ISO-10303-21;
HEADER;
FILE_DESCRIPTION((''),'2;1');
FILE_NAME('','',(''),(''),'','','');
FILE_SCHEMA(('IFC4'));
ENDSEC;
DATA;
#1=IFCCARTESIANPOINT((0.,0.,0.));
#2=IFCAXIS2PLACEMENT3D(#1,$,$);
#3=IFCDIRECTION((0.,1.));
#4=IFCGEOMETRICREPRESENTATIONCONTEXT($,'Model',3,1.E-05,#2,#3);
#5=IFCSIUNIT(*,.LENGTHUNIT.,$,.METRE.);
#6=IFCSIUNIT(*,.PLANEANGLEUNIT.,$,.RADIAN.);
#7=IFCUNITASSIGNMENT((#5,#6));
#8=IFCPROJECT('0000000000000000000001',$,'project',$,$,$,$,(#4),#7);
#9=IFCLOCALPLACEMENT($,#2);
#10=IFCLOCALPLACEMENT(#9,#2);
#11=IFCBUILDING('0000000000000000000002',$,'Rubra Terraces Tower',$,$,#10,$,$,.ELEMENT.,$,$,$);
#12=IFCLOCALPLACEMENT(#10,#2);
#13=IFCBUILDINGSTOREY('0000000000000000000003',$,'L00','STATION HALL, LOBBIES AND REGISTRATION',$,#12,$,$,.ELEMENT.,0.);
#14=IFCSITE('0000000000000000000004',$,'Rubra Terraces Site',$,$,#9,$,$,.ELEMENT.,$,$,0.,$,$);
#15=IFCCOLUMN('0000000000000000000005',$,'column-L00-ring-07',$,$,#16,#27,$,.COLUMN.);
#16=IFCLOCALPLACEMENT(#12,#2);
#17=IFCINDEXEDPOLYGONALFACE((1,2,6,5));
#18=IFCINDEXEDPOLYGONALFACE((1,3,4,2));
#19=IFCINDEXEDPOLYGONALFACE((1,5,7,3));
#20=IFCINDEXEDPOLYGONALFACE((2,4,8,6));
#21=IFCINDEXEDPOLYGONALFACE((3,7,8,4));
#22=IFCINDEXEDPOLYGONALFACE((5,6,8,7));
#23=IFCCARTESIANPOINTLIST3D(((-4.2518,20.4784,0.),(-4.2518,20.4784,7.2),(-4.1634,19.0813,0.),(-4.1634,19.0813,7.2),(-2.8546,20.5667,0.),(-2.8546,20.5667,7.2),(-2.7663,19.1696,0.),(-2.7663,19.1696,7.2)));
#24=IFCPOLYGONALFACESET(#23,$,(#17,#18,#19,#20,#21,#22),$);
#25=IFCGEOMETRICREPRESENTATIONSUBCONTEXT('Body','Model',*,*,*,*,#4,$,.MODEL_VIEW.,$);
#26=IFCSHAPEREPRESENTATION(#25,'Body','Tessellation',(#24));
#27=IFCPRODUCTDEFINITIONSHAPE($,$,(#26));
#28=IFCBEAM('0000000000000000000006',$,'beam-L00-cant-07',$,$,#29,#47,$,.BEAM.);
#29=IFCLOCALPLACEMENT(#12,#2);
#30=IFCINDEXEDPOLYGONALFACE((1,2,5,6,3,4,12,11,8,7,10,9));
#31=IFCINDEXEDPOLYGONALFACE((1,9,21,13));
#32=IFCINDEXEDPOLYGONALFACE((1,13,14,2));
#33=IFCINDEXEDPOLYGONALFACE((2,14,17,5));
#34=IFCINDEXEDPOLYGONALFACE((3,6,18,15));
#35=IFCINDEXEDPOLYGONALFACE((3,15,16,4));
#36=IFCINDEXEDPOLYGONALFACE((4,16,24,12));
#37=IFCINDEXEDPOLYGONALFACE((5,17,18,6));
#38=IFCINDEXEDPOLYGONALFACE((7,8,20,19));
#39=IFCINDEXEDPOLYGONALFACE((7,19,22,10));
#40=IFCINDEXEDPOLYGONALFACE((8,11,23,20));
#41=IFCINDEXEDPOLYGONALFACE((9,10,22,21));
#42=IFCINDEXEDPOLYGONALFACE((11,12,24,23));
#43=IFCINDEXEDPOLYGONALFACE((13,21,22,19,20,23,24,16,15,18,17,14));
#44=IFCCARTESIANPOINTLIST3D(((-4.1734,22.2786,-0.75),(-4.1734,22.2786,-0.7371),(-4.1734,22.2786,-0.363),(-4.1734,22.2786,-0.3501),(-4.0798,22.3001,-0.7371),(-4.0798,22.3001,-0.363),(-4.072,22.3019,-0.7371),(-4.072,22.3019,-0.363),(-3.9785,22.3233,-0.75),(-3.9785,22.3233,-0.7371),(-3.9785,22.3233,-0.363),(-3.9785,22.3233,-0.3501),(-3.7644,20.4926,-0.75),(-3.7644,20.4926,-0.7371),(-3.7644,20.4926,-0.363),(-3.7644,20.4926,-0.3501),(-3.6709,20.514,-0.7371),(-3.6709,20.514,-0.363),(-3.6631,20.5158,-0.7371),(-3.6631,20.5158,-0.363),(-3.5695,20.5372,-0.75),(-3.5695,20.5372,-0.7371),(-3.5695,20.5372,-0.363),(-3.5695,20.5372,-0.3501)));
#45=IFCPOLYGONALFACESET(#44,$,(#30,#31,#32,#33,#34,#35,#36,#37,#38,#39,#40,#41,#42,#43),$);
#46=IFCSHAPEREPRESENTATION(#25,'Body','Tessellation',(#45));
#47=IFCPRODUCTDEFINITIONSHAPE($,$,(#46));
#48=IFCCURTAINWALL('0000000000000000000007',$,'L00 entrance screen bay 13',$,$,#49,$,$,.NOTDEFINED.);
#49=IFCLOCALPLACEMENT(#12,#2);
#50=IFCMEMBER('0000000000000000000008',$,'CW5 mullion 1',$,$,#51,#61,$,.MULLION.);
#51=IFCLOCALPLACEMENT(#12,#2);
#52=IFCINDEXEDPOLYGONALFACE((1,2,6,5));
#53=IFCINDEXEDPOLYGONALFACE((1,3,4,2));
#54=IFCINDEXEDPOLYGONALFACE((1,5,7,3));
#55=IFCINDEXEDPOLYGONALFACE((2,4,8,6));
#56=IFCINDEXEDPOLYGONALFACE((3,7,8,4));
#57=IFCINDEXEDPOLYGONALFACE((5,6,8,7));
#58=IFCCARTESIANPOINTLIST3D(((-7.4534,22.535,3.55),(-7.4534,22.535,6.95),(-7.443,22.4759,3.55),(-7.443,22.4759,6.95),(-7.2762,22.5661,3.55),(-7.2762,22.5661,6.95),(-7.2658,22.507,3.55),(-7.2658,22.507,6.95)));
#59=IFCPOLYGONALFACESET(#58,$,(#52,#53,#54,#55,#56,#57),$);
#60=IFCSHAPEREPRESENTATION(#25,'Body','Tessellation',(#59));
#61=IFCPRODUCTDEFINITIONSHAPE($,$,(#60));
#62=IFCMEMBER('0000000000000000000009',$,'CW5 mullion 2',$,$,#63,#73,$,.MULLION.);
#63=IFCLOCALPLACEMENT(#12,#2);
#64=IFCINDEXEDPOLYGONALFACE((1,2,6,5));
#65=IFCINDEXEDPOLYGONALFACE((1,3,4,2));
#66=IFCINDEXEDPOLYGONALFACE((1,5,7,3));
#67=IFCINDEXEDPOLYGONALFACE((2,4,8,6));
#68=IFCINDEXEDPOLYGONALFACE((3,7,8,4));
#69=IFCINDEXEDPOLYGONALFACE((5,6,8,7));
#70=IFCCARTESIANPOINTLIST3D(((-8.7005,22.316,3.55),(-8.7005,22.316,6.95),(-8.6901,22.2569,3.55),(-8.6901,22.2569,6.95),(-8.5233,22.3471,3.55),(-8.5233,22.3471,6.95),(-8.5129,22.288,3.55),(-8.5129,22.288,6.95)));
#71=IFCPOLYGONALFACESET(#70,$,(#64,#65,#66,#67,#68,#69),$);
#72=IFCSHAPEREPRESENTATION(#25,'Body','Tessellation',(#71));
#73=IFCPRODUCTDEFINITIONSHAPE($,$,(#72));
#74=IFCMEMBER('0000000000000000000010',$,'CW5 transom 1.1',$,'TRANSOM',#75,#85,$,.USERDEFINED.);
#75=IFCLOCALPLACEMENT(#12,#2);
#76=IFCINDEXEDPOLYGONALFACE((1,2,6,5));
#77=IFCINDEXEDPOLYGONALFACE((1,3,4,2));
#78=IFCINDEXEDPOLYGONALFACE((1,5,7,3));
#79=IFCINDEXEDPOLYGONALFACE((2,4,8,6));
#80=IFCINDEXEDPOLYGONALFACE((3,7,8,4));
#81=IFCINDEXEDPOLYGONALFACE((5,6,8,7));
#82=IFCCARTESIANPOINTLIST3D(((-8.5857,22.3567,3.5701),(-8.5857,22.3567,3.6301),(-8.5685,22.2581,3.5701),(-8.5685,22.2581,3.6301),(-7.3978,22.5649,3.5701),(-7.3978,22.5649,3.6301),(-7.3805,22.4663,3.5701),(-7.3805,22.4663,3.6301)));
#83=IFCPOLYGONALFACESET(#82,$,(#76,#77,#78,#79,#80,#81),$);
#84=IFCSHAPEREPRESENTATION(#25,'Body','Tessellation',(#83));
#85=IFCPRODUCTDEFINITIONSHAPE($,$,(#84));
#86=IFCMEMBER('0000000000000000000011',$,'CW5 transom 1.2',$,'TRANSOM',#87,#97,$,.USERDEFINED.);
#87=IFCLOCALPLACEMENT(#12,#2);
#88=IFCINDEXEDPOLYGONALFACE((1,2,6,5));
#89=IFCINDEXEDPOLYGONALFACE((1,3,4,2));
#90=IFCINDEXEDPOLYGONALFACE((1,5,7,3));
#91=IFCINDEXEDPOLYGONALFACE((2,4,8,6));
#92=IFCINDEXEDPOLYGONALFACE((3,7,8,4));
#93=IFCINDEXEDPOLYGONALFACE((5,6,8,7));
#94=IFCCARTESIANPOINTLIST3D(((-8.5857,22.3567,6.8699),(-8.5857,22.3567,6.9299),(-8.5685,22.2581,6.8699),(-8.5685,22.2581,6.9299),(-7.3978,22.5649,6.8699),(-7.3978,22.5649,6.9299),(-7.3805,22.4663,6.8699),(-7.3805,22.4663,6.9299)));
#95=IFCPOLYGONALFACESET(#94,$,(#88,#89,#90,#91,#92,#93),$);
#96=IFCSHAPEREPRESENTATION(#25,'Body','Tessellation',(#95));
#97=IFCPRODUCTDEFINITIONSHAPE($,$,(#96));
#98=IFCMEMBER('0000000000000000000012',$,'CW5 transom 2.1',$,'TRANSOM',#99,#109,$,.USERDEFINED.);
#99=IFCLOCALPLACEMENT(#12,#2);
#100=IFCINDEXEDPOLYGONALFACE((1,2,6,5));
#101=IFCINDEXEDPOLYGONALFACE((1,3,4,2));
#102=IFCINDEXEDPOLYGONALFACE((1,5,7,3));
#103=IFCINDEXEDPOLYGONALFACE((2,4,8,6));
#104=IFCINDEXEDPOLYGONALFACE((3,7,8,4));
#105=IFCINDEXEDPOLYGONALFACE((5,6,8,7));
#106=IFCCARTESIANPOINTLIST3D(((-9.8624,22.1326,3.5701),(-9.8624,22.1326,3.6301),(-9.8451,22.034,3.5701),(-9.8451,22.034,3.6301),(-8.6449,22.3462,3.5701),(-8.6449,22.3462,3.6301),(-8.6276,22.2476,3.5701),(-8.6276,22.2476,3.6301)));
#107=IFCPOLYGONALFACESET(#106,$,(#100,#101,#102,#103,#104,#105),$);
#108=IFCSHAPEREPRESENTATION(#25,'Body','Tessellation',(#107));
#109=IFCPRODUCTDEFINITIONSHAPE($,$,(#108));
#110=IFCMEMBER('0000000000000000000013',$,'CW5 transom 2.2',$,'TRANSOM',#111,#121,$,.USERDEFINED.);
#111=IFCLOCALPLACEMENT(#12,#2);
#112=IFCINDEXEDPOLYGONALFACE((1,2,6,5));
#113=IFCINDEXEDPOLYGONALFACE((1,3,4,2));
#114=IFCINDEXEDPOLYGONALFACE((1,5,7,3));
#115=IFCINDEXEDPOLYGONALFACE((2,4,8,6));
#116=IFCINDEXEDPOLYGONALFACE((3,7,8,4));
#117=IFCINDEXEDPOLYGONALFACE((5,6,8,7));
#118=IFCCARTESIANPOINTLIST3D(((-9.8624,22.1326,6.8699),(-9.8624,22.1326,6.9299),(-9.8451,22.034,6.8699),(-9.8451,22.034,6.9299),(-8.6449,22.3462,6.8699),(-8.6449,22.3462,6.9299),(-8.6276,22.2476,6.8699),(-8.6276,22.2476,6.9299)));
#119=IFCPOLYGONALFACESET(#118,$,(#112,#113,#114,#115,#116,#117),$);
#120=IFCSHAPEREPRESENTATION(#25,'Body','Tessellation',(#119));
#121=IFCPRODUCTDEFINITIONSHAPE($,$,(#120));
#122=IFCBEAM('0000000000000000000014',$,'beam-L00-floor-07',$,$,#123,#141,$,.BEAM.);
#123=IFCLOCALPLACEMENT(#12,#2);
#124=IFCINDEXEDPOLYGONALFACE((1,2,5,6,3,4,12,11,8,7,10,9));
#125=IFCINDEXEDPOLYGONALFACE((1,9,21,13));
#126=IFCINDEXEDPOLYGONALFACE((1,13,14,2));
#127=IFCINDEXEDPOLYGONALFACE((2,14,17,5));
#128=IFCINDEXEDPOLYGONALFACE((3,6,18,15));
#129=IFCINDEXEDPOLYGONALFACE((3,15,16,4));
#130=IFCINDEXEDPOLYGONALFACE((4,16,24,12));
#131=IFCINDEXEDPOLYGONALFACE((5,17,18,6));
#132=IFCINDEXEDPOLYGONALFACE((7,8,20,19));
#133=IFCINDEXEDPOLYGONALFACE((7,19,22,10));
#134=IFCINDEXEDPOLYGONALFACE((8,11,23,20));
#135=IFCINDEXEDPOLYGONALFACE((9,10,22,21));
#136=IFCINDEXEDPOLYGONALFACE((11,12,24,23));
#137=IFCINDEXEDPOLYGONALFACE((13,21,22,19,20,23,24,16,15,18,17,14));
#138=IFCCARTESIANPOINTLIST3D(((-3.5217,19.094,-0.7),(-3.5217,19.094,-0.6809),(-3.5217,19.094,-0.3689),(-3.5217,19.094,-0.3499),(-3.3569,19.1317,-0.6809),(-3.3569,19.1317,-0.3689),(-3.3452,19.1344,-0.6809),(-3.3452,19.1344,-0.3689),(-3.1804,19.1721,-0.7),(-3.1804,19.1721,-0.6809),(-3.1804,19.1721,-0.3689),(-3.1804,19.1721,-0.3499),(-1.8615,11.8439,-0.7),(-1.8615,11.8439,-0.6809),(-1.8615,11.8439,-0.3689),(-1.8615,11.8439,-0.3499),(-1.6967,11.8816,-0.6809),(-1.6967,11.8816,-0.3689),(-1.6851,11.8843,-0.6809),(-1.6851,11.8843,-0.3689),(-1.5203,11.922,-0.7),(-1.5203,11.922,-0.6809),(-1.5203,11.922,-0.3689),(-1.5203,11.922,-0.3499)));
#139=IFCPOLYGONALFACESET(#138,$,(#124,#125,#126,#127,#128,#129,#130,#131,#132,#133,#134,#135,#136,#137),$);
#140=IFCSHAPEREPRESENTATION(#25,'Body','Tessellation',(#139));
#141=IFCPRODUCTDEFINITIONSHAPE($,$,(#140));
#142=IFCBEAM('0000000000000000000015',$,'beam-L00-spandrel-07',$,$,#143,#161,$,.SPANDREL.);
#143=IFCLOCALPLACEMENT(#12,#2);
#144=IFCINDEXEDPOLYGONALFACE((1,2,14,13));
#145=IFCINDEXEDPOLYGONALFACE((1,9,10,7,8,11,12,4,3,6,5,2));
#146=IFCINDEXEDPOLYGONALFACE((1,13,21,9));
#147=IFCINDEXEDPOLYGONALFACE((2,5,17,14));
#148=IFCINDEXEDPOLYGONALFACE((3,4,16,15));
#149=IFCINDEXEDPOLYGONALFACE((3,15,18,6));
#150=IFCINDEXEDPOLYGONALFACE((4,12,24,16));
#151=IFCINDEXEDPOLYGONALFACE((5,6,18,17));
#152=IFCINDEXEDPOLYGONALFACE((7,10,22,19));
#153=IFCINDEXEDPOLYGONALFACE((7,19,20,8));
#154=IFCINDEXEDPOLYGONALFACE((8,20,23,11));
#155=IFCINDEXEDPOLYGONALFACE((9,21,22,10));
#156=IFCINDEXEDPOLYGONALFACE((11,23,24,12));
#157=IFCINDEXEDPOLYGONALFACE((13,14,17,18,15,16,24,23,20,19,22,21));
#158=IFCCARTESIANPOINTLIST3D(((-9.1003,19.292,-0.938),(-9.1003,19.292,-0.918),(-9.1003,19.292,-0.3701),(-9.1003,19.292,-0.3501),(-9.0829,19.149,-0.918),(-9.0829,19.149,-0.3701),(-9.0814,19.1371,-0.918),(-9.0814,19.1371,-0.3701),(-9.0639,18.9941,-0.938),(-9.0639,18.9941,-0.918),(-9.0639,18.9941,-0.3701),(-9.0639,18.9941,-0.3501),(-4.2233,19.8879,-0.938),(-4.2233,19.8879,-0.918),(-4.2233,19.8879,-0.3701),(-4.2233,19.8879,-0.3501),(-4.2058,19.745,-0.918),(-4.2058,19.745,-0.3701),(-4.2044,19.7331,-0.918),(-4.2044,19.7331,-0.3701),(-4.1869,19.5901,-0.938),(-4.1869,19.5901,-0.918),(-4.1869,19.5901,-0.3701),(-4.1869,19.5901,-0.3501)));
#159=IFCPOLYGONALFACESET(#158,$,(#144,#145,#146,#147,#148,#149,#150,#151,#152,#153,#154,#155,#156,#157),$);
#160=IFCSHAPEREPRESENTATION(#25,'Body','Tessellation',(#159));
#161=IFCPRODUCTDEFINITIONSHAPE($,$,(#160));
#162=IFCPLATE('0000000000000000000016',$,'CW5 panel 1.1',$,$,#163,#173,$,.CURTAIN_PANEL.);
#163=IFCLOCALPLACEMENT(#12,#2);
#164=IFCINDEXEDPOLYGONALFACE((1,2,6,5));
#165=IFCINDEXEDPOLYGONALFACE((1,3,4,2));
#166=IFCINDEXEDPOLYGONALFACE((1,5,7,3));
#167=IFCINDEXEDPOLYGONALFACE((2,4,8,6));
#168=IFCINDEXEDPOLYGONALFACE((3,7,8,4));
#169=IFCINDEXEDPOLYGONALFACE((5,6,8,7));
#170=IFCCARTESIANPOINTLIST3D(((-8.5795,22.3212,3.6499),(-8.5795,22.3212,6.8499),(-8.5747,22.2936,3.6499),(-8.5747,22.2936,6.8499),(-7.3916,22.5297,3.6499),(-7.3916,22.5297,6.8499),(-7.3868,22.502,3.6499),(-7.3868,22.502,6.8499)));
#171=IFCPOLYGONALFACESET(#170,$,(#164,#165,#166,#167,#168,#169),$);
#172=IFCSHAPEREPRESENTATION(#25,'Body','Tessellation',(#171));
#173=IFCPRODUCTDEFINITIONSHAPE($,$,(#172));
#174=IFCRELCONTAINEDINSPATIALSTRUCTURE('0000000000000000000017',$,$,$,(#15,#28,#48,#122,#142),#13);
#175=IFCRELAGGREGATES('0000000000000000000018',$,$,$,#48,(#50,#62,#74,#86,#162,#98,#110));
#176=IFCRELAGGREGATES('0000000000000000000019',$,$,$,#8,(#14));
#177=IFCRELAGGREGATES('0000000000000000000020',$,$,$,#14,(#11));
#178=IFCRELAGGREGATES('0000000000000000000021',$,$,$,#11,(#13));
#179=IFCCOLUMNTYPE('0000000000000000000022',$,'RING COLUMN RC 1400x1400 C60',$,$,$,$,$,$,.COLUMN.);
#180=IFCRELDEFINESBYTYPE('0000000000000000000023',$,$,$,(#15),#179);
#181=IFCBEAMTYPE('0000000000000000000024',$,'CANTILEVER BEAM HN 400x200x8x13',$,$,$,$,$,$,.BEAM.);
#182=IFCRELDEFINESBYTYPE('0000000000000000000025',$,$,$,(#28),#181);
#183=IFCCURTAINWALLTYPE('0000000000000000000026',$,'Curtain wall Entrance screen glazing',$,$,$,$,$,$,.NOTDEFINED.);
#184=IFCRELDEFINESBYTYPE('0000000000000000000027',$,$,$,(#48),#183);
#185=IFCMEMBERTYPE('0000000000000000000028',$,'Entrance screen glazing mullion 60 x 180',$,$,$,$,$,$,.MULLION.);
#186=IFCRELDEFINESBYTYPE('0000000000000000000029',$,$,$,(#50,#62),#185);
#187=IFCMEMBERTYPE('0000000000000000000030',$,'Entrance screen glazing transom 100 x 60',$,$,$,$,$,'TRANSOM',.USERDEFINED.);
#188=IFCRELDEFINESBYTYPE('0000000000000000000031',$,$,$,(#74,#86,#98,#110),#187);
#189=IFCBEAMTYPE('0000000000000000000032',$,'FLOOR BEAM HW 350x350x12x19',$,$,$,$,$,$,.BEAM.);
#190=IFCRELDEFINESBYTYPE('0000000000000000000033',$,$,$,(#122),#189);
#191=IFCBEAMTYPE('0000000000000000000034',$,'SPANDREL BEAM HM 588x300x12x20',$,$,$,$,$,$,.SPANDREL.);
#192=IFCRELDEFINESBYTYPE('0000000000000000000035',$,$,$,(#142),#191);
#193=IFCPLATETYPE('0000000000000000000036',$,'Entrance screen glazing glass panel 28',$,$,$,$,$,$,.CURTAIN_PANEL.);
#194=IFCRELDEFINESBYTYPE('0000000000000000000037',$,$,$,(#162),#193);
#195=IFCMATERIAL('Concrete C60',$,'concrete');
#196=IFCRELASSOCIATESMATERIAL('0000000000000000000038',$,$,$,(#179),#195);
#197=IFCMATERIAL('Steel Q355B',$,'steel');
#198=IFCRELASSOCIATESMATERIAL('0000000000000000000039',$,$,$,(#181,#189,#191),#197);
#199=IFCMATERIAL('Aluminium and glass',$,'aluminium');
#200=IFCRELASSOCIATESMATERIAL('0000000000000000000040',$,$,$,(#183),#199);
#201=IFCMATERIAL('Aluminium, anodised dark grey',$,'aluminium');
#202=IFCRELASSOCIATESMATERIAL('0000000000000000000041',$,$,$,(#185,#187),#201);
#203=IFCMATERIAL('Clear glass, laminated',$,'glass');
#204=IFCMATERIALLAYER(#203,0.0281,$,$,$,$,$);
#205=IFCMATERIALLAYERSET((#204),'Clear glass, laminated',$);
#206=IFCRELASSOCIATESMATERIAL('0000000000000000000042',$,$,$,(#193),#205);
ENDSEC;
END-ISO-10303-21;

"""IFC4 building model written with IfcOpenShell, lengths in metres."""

from ifc_helpers import new_model, si_unit, direction, frame, origin, origin_2d, place, context, subcontext, project, spatial, rectangle, i_section, extrude, material, layer, layer_set, material_profile, profile_set, type_object, element, aggregate, save


model = new_model("IFC4")

# Units and contexts
model_context = context("Model", 3, precision=1e-05, world=origin(), true_north=direction((0.0, 1.0)))
body_context = subcontext(model_context, "Body", "Model", "MODEL_VIEW")
ifc_project = project(units=[si_unit("LENGTHUNIT", "METRE"), si_unit("PLANEANGLEUNIT", "RADIAN")], contexts=[model_context])

# Site, building, storey
site_placement = place(None, origin())
site = spatial("IfcSite", under=ifc_project, at=site_placement, Name="Rubra Terraces Site", CompositionType="ELEMENT", RefElevation=0.0)
building_placement = place(site_placement, origin())
building = spatial("IfcBuilding", under=site, at=building_placement, Name="Rubra Terraces Tower", CompositionType="ELEMENT")
storey_placement = place(building_placement, origin())
storey = spatial("IfcBuildingStorey", under=building, at=storey_placement, Name="L00", Description="STATION HALL, LOBBIES AND REGISTRATION", CompositionType="ELEMENT", Elevation=0.0)

# Column
ifc_material_1 = material(Name="Concrete C60", Category="concrete")
ifc_material_profile_1 = material_profile(ifc_material_1, rectangle(XDim=1.3999, YDim=1.3999, at=origin_2d()), Name="RC 1400x1400")
ifc_profile_set_1 = profile_set([ifc_material_profile_1], Name="Concrete C60")
column_type = type_object("IfcColumnType", Name="RING COLUMN RC 1400x1400 C60", PredefinedType="COLUMN", material=ifc_profile_set_1)
column_placement = place(storey_placement, frame((-3.509, 19.824, 0.0), z_axis=(0.0, 0.0, 1.0), x_axis=(-0.998008, -0.063094, 0.0)))
element("IfcColumn", 1, at=column_placement, inside=storey, type_object=column_type, Name="column-L00-ring-07", PredefinedType="COLUMN", context=body_context, shape_type="SweptSolid", body=[
    extrude(rectangle(XDim=1.3999, YDim=1.3999, at=origin_2d()), origin(), (0.0, 0.0, 1.0), 7.2),
])

# Beam
ifc_material_2 = material(Name="Steel Q355B", Category="steel")
ifc_material_profile_2 = material_profile(ifc_material_2, i_section(OverallWidth=0.2, OverallDepth=0.3999, WebThickness=0.0081, FlangeThickness=0.0129, at=origin_2d()), Name="HN 400x200x8x13")
ifc_profile_set_2 = profile_set([ifc_material_profile_2], Name="Steel Q355B")
beam_type_1 = type_object("IfcBeamType", Name="CANTILEVER BEAM HN 400x200x8x13", PredefinedType="BEAM", material=ifc_profile_set_2)
beam_1_placement = place(storey_placement, frame((-3.667, 20.5149, -0.55), z_axis=(-0.223176, 0.974778, 0.0), x_axis=(-0.974778, -0.223176, 0.0)))
element("IfcBeam", 2, at=beam_1_placement, inside=storey, type_object=beam_type_1, Name="beam-L00-cant-07", PredefinedType="BEAM", context=body_context, shape_type="SweptSolid", body=[
    extrude(i_section(OverallWidth=0.2, OverallDepth=0.3999, WebThickness=0.0081, FlangeThickness=0.0129, at=origin_2d()), origin(), (0.0, 0.0, 1.0), 1.8323),
])

# Curtain wall, members
ifc_material_3 = material(Name="Aluminium and glass", Category="aluminium")
curtain_wall_type = type_object("IfcCurtainWallType", Name="Curtain wall Entrance screen glazing", PredefinedType="NOTDEFINED", material=ifc_material_3)
curtain_wall_placement = place(storey_placement, origin())
curtain_wall = element("IfcCurtainWall", 3, at=curtain_wall_placement, inside=storey, type_object=curtain_wall_type, Name="L00 entrance screen bay 13", PredefinedType="NOTDEFINED")
ifc_material_4 = material(Name="Aluminium, anodised dark grey", Category="aluminium")
ifc_material_profile_3 = material_profile(ifc_material_4, rectangle(XDim=0.0601, YDim=0.1799, at=origin_2d()), Name="AL 60x180")
ifc_profile_set_3 = profile_set([ifc_material_profile_3], Name="Aluminium, anodised dark grey")
member_type_1 = type_object("IfcMemberType", Name="Entrance screen glazing mullion 60 x 180", PredefinedType="MULLION", material=ifc_profile_set_3)
member_1_placement = place(storey_placement, frame((-7.3596, 22.521, 3.55), z_axis=(0.0, 0.0, 1.0), x_axis=(0.172817, -0.984954, 0.0)))
member_1 = element("IfcMember", 4, at=member_1_placement, type_object=member_type_1, Name="CW5 mullion 1", PredefinedType="MULLION", context=body_context, shape_type="SweptSolid", body=[
    extrude(rectangle(XDim=0.0601, YDim=0.1799, at=origin_2d()), origin(), (0.0, 0.0, 1.0), 3.3999),
])
member_2_placement = place(storey_placement, frame((-8.6067, 22.302, 3.55), z_axis=(0.0, 0.0, 1.0), x_axis=(0.172817, -0.984954, 0.0)))
member_2 = element("IfcMember", 5, at=member_2_placement, type_object=member_type_1, Name="CW5 mullion 2", PredefinedType="MULLION", context=body_context, shape_type="SweptSolid", body=[
    extrude(rectangle(XDim=0.0601, YDim=0.1799, at=origin_2d()), origin(), (0.0, 0.0, 1.0), 3.3999),
])
ifc_material_profile_4 = material_profile(ifc_material_4, rectangle(XDim=0.1001, YDim=0.0601, at=origin_2d()), Name="AL 100x60")
ifc_profile_set_4 = profile_set([ifc_material_profile_4], Name="Aluminium, anodised dark grey")
member_type_2 = type_object("IfcMemberType", Name="Entrance screen glazing transom 100 x 60", ElementType="TRANSOM", PredefinedType="USERDEFINED", material=ifc_profile_set_4)
member_3_placement = place(storey_placement, frame((-7.3892, 22.5156, 3.6001), z_axis=(-0.984981, -0.172665, 0.0), x_axis=(0.172665, -0.984981, 0.0)))
member_3 = element("IfcMember", 6, at=member_3_placement, type_object=member_type_2, Name="CW5 transom 1.1", ObjectType="TRANSOM", PredefinedType="USERDEFINED", context=body_context, shape_type="SweptSolid", body=[
    extrude(rectangle(XDim=0.1001, YDim=0.0601, at=origin_2d()), origin(), (0.0, 0.0, 1.0), 1.2061),
])
member_4_placement = place(storey_placement, frame((-7.3892, 22.5156, 6.8999), z_axis=(-0.984981, -0.172665, 0.0), x_axis=(0.172665, -0.984981, 0.0)))
member_4 = element("IfcMember", 7, at=member_4_placement, type_object=member_type_2, Name="CW5 transom 1.2", ObjectType="TRANSOM", PredefinedType="USERDEFINED", context=body_context, shape_type="SweptSolid", body=[
    extrude(rectangle(XDim=0.1001, YDim=0.0601, at=origin_2d()), origin(), (0.0, 0.0, 1.0), 1.2061),
])
member_5_placement = place(storey_placement, frame((-8.6362, 22.2969, 3.6001), z_axis=(-0.984954, -0.172816, 0.0), x_axis=(0.172816, -0.984954, 0.0)))
member_5 = element("IfcMember", 8, at=member_5_placement, type_object=member_type_2, Name="CW5 transom 2.1", ObjectType="TRANSOM", PredefinedType="USERDEFINED", context=body_context, shape_type="SweptSolid", body=[
    extrude(rectangle(XDim=0.1001, YDim=0.0601, at=origin_2d()), origin(), (0.0, 0.0, 1.0), 1.2361),
])
member_6_placement = place(storey_placement, frame((-8.6362, 22.2969, 6.8999), z_axis=(-0.984954, -0.172816, 0.0), x_axis=(0.172816, -0.984954, 0.0)))
member_6 = element("IfcMember", 9, at=member_6_placement, type_object=member_type_2, Name="CW5 transom 2.2", ObjectType="TRANSOM", PredefinedType="USERDEFINED", context=body_context, shape_type="SweptSolid", body=[
    extrude(rectangle(XDim=0.1001, YDim=0.0601, at=origin_2d()), origin(), (0.0, 0.0, 1.0), 1.2361),
])

# Beams
ifc_material_profile_5 = material_profile(ifc_material_2, i_section(OverallWidth=0.3501, OverallDepth=0.3501, WebThickness=0.012, FlangeThickness=0.019, at=origin_2d()), Name="HW 350x350x12x19")
ifc_profile_set_5 = profile_set([ifc_material_profile_5], Name="Steel Q355B")
beam_type_2 = type_object("IfcBeamType", Name="FLOOR BEAM HW 350x350x12x19", PredefinedType="BEAM", material=ifc_profile_set_5)
beam_2_placement = place(storey_placement, frame((-3.3511, 19.1331, -0.5249), z_axis=(0.22321, -0.97477, 0.0), x_axis=(0.97477, 0.22321, 0.0)))
element("IfcBeam", 10, at=beam_2_placement, inside=storey, type_object=beam_type_2, Name="beam-L00-floor-07", PredefinedType="BEAM", context=body_context, shape_type="SweptSolid", body=[
    extrude(i_section(OverallWidth=0.3501, OverallDepth=0.3501, WebThickness=0.012, FlangeThickness=0.019, at=origin_2d()), origin(), (0.0, 0.0, 1.0), 7.4377),
])
ifc_material_profile_6 = material_profile(ifc_material_2, i_section(OverallWidth=0.3, OverallDepth=0.5879, WebThickness=0.012, FlangeThickness=0.02, at=origin_2d()), Name="HM 588x300x12x20")
ifc_profile_set_6 = profile_set([ifc_material_profile_6], Name="Steel Q355B")
beam_type_3 = type_object("IfcBeamType", Name="SPANDREL BEAM HM 588x300x12x20", PredefinedType="SPANDREL", material=ifc_profile_set_6)
beam_3_placement = place(storey_placement, frame((-4.2051, 19.739, -0.644), z_axis=(-0.992617, -0.121294, 0.0), x_axis=(0.121294, -0.992617, 0.0)))
element("IfcBeam", 11, at=beam_3_placement, inside=storey, type_object=beam_type_3, Name="beam-L00-spandrel-07", PredefinedType="SPANDREL", context=body_context, shape_type="SweptSolid", body=[
    extrude(i_section(OverallWidth=0.3, OverallDepth=0.5879, WebThickness=0.012, FlangeThickness=0.02, at=origin_2d()), origin(), (0.0, 0.0, 1.0), 4.9133),
])

# Plate
ifc_material_5 = material(Name="Clear glass, laminated", Category="glass")
ifc_layer_1 = layer(ifc_material_5, 0.0281)
ifc_layer_set_1 = layer_set([ifc_layer_1], Name="Clear glass, laminated")
plate_type = type_object("IfcPlateType", Name="Entrance screen glazing glass panel 28", PredefinedType="CURTAIN_PANEL", material=ifc_layer_set_1)
plate_placement = place(storey_placement, frame((-7.9832, 22.4116, 3.6499), z_axis=(0.0, 0.0, 1.0), x_axis=(-0.984954, -0.172817, 0.0)))
plate = element("IfcPlate", 12, at=plate_placement, type_object=plate_type, Name="CW5 panel 1.1", PredefinedType="CURTAIN_PANEL", context=body_context, shape_type="SweptSolid", body=[
    extrude(rectangle(XDim=1.2061, YDim=0.0281, at=origin_2d()), origin(), (0.0, 0.0, 1.0), 3.2),
])
aggregate(curtain_wall, [member_1, member_2, member_3, member_4, plate, member_5, member_6])

save(model, "model.ifc")
